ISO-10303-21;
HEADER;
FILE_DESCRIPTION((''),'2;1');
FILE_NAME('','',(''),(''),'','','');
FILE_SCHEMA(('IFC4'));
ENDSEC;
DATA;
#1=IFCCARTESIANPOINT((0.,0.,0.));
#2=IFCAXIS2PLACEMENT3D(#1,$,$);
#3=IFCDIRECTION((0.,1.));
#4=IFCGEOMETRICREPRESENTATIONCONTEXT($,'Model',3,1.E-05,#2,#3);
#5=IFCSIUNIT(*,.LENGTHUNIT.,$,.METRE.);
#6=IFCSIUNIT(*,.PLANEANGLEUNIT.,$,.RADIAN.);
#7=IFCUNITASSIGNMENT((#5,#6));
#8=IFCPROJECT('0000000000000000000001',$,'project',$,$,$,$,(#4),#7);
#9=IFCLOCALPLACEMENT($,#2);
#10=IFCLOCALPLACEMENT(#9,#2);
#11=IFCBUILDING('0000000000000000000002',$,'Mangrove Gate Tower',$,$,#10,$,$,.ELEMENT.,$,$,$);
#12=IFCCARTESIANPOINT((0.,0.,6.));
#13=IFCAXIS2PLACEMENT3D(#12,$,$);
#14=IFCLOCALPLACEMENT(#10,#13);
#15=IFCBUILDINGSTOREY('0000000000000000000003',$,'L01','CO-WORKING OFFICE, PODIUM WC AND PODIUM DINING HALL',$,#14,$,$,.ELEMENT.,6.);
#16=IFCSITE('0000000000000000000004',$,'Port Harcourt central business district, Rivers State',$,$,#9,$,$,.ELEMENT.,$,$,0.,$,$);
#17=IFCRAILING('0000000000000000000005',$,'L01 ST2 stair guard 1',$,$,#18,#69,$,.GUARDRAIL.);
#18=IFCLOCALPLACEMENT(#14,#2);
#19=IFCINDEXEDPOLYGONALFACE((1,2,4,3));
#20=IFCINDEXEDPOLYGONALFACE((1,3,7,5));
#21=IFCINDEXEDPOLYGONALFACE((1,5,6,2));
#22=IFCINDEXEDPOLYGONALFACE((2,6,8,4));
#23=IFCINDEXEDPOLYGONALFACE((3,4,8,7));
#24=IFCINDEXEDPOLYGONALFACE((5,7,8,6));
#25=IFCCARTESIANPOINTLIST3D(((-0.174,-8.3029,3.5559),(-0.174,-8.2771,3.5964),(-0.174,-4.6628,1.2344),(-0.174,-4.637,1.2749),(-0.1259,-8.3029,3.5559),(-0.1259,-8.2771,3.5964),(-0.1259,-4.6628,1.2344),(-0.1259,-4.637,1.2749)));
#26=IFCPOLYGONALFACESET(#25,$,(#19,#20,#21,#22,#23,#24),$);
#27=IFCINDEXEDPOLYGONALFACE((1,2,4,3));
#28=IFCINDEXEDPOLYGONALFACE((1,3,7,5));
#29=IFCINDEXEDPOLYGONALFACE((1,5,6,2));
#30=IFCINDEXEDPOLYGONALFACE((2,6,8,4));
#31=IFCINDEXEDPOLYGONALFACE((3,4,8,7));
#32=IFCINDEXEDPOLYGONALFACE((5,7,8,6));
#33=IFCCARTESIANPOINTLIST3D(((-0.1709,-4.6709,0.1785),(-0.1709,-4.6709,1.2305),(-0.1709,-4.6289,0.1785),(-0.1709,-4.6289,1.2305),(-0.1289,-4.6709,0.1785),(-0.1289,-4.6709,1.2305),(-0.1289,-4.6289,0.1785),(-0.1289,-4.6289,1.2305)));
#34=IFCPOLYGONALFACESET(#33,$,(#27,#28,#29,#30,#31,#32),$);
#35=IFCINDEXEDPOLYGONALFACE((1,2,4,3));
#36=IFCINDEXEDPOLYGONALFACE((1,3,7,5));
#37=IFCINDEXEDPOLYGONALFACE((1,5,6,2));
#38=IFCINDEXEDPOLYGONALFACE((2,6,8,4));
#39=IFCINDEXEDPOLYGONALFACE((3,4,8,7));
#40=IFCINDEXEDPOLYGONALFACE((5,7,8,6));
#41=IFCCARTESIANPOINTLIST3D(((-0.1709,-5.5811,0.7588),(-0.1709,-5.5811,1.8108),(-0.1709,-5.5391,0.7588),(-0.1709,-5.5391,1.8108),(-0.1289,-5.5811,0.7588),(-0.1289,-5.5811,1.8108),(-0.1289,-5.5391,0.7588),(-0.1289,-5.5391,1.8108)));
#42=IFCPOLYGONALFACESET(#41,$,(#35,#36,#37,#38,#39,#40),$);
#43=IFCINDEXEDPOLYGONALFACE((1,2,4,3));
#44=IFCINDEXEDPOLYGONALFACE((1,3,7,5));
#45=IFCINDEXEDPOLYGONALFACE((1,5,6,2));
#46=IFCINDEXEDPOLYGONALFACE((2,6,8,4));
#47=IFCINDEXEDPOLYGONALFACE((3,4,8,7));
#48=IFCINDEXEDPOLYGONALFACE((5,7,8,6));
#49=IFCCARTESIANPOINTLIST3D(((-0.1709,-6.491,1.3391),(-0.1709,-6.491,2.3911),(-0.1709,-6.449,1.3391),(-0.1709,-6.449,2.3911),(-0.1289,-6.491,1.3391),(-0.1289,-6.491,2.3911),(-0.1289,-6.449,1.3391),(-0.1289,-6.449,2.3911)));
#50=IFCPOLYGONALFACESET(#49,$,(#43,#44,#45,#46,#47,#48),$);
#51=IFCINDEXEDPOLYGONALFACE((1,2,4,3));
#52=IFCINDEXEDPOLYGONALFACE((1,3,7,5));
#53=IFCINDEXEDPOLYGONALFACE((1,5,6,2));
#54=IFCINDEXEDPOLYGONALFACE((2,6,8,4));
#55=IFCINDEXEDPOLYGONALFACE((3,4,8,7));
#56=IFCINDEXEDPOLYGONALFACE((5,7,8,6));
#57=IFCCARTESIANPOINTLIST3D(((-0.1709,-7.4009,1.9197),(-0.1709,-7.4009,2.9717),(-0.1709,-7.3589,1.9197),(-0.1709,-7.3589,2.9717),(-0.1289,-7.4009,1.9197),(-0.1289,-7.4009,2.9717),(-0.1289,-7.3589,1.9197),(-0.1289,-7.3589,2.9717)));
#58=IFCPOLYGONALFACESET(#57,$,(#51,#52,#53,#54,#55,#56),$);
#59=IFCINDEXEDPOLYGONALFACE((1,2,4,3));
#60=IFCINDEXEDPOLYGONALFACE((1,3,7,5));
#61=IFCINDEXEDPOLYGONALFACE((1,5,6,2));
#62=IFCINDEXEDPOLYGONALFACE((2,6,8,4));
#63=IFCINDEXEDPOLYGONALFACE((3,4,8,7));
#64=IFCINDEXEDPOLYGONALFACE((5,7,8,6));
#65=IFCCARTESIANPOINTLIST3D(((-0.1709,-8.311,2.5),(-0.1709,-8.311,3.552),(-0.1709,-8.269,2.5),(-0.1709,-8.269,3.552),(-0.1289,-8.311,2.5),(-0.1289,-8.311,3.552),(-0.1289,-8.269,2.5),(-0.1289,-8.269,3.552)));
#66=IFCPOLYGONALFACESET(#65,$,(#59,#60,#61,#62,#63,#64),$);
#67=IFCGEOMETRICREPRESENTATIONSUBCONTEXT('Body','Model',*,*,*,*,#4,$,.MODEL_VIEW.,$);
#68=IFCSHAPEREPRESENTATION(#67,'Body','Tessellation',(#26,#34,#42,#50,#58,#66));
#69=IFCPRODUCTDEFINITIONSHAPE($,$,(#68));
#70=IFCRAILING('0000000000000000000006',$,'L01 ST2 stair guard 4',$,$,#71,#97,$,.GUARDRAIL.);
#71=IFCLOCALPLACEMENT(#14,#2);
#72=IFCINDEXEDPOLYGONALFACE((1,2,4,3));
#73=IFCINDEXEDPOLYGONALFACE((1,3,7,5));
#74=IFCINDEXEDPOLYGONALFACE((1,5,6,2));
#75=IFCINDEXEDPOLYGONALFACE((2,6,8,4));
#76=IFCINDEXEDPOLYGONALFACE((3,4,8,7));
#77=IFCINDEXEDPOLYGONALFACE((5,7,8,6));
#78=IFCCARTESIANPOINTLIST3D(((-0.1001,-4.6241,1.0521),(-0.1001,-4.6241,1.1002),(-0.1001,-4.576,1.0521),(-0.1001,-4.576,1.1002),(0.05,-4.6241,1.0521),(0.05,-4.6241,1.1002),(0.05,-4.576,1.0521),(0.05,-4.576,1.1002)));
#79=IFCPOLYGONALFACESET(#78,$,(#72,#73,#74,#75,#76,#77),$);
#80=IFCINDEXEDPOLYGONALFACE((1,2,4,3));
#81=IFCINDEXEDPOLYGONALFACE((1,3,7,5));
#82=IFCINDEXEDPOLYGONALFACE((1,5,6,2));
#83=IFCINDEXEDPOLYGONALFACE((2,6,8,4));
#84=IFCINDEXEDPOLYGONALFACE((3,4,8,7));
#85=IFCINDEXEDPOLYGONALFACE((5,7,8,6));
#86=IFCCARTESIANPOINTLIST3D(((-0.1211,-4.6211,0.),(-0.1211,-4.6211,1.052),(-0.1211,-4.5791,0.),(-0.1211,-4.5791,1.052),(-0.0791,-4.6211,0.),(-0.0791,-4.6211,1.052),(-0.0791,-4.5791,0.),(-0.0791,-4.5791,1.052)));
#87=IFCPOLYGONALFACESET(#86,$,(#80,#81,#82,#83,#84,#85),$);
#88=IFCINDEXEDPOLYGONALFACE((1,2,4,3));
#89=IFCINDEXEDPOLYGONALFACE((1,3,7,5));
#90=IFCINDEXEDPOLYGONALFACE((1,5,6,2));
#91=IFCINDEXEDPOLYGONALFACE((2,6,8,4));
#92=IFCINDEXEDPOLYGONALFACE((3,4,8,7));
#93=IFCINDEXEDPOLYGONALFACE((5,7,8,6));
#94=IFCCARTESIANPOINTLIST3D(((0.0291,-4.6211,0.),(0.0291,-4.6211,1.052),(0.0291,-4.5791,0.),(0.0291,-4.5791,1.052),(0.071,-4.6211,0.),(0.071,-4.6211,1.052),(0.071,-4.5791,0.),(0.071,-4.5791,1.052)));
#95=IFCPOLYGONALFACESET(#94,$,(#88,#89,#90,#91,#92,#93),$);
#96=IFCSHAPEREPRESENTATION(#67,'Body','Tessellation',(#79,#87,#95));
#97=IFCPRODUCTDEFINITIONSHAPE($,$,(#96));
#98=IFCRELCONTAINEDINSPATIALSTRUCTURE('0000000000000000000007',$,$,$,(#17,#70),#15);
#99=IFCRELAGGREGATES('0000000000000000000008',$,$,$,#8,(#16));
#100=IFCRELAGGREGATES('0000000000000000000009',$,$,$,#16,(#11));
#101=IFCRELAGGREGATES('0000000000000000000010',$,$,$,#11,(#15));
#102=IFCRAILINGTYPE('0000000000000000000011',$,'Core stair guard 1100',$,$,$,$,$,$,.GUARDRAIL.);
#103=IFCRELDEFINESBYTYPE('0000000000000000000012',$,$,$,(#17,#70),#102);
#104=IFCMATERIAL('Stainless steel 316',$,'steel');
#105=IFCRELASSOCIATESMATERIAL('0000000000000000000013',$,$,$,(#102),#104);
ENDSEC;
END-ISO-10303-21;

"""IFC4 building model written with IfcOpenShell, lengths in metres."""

from ifc_helpers import new_model, si_unit, direction, frame, origin, origin_2d, place, context, subcontext, project, spatial, rectangle, extrude, material, type_object, element, save


model = new_model("IFC4")

# Units and contexts
model_context = context("Model", 3, precision=1e-05, world=origin(), true_north=direction((0.0, 1.0)))
body_context = subcontext(model_context, "Body", "Model", "MODEL_VIEW")
ifc_project = project(units=[si_unit("LENGTHUNIT", "METRE"), si_unit("PLANEANGLEUNIT", "RADIAN")], contexts=[model_context])

# Site, building, storey
site_placement = place(None, origin())
site = spatial("IfcSite", under=ifc_project, at=site_placement, Name="Port Harcourt central business district, Rivers State", CompositionType="ELEMENT", RefElevation=0.0)
building_placement = place(site_placement, origin())
building = spatial("IfcBuilding", under=site, at=building_placement, Name="Mangrove Gate Tower", CompositionType="ELEMENT")
storey_placement = place(building_placement, frame((0.0, 0.0, 6.0)))
storey = spatial("IfcBuildingStorey", under=building, at=storey_placement, Name="L01", Description="CO-WORKING OFFICE, PODIUM WC AND PODIUM DINING HALL", CompositionType="ELEMENT", Elevation=6.0)

# Railings
ifc_material_1 = material(Name="Stainless steel 316", Category="steel")
railing_type_1 = type_object("IfcRailingType", Name="Core stair guard 1100", PredefinedType="GUARDRAIL", material=ifc_material_1)
railing_1_placement = place(storey_placement, frame((-0.1499, -4.6499, 0.1785)))
element("IfcRailing", 1, at=railing_1_placement, inside=storey, type_object=railing_type_1, Name="L01 ST2 stair guard 1", PredefinedType="GUARDRAIL", context=body_context, shape_type="SweptSolid", body=[
    extrude(rectangle(XDim=0.0481, YDim=0.0481, at=origin_2d()), frame((0.0, 0.0, 1.0762), z_axis=(0.0, -0.843128, 0.537713), x_axis=(1.0, 0.0, 0.0)), (0.0, 0.0, 1.0), 4.3174),
    extrude(rectangle(XDim=0.042, YDim=0.042, at=origin_2d()), origin(), (0.0, 0.0, 1.0), 1.052),
    extrude(rectangle(XDim=0.042, YDim=0.042, at=origin_2d()), frame((0.0, -0.9102, 0.5803)), (0.0, 0.0, 1.0), 1.052),
    extrude(rectangle(XDim=0.042, YDim=0.042, at=origin_2d()), frame((0.0, -1.8201, 1.1606)), (0.0, 0.0, 1.0), 1.052),
    extrude(rectangle(XDim=0.042, YDim=0.042, at=origin_2d()), frame((0.0, -2.73, 1.7412)), (0.0, 0.0, 1.0), 1.052),
    extrude(rectangle(XDim=0.042, YDim=0.042, at=origin_2d()), frame((0.0, -3.6401, 2.3215)), (0.0, 0.0, 1.0), 1.052),
])
railing_2_placement = place(storey_placement, frame((-0.1001, -4.6001, 0.0)))
element("IfcRailing", 2, at=railing_2_placement, inside=storey, type_object=railing_type_1, Name="L01 ST2 stair guard 4", PredefinedType="GUARDRAIL", context=body_context, shape_type="SweptSolid", body=[
    extrude(rectangle(XDim=0.0481, YDim=0.0481, at=origin_2d()), frame((0.0, 0.0, 1.0762), z_axis=(1.0, 0.0, 0.0), x_axis=(0.0, 1.0, 0.0)), (0.0, 0.0, 1.0), 0.1501),
    extrude(rectangle(XDim=0.042, YDim=0.042, at=origin_2d()), origin(), (0.0, 0.0, 1.0), 1.052),
    extrude(rectangle(XDim=0.042, YDim=0.042, at=origin_2d()), frame((0.1501, 0.0, 0.0)), (0.0, 0.0, 1.0), 1.052),
])

save(model, "model.ifc")
